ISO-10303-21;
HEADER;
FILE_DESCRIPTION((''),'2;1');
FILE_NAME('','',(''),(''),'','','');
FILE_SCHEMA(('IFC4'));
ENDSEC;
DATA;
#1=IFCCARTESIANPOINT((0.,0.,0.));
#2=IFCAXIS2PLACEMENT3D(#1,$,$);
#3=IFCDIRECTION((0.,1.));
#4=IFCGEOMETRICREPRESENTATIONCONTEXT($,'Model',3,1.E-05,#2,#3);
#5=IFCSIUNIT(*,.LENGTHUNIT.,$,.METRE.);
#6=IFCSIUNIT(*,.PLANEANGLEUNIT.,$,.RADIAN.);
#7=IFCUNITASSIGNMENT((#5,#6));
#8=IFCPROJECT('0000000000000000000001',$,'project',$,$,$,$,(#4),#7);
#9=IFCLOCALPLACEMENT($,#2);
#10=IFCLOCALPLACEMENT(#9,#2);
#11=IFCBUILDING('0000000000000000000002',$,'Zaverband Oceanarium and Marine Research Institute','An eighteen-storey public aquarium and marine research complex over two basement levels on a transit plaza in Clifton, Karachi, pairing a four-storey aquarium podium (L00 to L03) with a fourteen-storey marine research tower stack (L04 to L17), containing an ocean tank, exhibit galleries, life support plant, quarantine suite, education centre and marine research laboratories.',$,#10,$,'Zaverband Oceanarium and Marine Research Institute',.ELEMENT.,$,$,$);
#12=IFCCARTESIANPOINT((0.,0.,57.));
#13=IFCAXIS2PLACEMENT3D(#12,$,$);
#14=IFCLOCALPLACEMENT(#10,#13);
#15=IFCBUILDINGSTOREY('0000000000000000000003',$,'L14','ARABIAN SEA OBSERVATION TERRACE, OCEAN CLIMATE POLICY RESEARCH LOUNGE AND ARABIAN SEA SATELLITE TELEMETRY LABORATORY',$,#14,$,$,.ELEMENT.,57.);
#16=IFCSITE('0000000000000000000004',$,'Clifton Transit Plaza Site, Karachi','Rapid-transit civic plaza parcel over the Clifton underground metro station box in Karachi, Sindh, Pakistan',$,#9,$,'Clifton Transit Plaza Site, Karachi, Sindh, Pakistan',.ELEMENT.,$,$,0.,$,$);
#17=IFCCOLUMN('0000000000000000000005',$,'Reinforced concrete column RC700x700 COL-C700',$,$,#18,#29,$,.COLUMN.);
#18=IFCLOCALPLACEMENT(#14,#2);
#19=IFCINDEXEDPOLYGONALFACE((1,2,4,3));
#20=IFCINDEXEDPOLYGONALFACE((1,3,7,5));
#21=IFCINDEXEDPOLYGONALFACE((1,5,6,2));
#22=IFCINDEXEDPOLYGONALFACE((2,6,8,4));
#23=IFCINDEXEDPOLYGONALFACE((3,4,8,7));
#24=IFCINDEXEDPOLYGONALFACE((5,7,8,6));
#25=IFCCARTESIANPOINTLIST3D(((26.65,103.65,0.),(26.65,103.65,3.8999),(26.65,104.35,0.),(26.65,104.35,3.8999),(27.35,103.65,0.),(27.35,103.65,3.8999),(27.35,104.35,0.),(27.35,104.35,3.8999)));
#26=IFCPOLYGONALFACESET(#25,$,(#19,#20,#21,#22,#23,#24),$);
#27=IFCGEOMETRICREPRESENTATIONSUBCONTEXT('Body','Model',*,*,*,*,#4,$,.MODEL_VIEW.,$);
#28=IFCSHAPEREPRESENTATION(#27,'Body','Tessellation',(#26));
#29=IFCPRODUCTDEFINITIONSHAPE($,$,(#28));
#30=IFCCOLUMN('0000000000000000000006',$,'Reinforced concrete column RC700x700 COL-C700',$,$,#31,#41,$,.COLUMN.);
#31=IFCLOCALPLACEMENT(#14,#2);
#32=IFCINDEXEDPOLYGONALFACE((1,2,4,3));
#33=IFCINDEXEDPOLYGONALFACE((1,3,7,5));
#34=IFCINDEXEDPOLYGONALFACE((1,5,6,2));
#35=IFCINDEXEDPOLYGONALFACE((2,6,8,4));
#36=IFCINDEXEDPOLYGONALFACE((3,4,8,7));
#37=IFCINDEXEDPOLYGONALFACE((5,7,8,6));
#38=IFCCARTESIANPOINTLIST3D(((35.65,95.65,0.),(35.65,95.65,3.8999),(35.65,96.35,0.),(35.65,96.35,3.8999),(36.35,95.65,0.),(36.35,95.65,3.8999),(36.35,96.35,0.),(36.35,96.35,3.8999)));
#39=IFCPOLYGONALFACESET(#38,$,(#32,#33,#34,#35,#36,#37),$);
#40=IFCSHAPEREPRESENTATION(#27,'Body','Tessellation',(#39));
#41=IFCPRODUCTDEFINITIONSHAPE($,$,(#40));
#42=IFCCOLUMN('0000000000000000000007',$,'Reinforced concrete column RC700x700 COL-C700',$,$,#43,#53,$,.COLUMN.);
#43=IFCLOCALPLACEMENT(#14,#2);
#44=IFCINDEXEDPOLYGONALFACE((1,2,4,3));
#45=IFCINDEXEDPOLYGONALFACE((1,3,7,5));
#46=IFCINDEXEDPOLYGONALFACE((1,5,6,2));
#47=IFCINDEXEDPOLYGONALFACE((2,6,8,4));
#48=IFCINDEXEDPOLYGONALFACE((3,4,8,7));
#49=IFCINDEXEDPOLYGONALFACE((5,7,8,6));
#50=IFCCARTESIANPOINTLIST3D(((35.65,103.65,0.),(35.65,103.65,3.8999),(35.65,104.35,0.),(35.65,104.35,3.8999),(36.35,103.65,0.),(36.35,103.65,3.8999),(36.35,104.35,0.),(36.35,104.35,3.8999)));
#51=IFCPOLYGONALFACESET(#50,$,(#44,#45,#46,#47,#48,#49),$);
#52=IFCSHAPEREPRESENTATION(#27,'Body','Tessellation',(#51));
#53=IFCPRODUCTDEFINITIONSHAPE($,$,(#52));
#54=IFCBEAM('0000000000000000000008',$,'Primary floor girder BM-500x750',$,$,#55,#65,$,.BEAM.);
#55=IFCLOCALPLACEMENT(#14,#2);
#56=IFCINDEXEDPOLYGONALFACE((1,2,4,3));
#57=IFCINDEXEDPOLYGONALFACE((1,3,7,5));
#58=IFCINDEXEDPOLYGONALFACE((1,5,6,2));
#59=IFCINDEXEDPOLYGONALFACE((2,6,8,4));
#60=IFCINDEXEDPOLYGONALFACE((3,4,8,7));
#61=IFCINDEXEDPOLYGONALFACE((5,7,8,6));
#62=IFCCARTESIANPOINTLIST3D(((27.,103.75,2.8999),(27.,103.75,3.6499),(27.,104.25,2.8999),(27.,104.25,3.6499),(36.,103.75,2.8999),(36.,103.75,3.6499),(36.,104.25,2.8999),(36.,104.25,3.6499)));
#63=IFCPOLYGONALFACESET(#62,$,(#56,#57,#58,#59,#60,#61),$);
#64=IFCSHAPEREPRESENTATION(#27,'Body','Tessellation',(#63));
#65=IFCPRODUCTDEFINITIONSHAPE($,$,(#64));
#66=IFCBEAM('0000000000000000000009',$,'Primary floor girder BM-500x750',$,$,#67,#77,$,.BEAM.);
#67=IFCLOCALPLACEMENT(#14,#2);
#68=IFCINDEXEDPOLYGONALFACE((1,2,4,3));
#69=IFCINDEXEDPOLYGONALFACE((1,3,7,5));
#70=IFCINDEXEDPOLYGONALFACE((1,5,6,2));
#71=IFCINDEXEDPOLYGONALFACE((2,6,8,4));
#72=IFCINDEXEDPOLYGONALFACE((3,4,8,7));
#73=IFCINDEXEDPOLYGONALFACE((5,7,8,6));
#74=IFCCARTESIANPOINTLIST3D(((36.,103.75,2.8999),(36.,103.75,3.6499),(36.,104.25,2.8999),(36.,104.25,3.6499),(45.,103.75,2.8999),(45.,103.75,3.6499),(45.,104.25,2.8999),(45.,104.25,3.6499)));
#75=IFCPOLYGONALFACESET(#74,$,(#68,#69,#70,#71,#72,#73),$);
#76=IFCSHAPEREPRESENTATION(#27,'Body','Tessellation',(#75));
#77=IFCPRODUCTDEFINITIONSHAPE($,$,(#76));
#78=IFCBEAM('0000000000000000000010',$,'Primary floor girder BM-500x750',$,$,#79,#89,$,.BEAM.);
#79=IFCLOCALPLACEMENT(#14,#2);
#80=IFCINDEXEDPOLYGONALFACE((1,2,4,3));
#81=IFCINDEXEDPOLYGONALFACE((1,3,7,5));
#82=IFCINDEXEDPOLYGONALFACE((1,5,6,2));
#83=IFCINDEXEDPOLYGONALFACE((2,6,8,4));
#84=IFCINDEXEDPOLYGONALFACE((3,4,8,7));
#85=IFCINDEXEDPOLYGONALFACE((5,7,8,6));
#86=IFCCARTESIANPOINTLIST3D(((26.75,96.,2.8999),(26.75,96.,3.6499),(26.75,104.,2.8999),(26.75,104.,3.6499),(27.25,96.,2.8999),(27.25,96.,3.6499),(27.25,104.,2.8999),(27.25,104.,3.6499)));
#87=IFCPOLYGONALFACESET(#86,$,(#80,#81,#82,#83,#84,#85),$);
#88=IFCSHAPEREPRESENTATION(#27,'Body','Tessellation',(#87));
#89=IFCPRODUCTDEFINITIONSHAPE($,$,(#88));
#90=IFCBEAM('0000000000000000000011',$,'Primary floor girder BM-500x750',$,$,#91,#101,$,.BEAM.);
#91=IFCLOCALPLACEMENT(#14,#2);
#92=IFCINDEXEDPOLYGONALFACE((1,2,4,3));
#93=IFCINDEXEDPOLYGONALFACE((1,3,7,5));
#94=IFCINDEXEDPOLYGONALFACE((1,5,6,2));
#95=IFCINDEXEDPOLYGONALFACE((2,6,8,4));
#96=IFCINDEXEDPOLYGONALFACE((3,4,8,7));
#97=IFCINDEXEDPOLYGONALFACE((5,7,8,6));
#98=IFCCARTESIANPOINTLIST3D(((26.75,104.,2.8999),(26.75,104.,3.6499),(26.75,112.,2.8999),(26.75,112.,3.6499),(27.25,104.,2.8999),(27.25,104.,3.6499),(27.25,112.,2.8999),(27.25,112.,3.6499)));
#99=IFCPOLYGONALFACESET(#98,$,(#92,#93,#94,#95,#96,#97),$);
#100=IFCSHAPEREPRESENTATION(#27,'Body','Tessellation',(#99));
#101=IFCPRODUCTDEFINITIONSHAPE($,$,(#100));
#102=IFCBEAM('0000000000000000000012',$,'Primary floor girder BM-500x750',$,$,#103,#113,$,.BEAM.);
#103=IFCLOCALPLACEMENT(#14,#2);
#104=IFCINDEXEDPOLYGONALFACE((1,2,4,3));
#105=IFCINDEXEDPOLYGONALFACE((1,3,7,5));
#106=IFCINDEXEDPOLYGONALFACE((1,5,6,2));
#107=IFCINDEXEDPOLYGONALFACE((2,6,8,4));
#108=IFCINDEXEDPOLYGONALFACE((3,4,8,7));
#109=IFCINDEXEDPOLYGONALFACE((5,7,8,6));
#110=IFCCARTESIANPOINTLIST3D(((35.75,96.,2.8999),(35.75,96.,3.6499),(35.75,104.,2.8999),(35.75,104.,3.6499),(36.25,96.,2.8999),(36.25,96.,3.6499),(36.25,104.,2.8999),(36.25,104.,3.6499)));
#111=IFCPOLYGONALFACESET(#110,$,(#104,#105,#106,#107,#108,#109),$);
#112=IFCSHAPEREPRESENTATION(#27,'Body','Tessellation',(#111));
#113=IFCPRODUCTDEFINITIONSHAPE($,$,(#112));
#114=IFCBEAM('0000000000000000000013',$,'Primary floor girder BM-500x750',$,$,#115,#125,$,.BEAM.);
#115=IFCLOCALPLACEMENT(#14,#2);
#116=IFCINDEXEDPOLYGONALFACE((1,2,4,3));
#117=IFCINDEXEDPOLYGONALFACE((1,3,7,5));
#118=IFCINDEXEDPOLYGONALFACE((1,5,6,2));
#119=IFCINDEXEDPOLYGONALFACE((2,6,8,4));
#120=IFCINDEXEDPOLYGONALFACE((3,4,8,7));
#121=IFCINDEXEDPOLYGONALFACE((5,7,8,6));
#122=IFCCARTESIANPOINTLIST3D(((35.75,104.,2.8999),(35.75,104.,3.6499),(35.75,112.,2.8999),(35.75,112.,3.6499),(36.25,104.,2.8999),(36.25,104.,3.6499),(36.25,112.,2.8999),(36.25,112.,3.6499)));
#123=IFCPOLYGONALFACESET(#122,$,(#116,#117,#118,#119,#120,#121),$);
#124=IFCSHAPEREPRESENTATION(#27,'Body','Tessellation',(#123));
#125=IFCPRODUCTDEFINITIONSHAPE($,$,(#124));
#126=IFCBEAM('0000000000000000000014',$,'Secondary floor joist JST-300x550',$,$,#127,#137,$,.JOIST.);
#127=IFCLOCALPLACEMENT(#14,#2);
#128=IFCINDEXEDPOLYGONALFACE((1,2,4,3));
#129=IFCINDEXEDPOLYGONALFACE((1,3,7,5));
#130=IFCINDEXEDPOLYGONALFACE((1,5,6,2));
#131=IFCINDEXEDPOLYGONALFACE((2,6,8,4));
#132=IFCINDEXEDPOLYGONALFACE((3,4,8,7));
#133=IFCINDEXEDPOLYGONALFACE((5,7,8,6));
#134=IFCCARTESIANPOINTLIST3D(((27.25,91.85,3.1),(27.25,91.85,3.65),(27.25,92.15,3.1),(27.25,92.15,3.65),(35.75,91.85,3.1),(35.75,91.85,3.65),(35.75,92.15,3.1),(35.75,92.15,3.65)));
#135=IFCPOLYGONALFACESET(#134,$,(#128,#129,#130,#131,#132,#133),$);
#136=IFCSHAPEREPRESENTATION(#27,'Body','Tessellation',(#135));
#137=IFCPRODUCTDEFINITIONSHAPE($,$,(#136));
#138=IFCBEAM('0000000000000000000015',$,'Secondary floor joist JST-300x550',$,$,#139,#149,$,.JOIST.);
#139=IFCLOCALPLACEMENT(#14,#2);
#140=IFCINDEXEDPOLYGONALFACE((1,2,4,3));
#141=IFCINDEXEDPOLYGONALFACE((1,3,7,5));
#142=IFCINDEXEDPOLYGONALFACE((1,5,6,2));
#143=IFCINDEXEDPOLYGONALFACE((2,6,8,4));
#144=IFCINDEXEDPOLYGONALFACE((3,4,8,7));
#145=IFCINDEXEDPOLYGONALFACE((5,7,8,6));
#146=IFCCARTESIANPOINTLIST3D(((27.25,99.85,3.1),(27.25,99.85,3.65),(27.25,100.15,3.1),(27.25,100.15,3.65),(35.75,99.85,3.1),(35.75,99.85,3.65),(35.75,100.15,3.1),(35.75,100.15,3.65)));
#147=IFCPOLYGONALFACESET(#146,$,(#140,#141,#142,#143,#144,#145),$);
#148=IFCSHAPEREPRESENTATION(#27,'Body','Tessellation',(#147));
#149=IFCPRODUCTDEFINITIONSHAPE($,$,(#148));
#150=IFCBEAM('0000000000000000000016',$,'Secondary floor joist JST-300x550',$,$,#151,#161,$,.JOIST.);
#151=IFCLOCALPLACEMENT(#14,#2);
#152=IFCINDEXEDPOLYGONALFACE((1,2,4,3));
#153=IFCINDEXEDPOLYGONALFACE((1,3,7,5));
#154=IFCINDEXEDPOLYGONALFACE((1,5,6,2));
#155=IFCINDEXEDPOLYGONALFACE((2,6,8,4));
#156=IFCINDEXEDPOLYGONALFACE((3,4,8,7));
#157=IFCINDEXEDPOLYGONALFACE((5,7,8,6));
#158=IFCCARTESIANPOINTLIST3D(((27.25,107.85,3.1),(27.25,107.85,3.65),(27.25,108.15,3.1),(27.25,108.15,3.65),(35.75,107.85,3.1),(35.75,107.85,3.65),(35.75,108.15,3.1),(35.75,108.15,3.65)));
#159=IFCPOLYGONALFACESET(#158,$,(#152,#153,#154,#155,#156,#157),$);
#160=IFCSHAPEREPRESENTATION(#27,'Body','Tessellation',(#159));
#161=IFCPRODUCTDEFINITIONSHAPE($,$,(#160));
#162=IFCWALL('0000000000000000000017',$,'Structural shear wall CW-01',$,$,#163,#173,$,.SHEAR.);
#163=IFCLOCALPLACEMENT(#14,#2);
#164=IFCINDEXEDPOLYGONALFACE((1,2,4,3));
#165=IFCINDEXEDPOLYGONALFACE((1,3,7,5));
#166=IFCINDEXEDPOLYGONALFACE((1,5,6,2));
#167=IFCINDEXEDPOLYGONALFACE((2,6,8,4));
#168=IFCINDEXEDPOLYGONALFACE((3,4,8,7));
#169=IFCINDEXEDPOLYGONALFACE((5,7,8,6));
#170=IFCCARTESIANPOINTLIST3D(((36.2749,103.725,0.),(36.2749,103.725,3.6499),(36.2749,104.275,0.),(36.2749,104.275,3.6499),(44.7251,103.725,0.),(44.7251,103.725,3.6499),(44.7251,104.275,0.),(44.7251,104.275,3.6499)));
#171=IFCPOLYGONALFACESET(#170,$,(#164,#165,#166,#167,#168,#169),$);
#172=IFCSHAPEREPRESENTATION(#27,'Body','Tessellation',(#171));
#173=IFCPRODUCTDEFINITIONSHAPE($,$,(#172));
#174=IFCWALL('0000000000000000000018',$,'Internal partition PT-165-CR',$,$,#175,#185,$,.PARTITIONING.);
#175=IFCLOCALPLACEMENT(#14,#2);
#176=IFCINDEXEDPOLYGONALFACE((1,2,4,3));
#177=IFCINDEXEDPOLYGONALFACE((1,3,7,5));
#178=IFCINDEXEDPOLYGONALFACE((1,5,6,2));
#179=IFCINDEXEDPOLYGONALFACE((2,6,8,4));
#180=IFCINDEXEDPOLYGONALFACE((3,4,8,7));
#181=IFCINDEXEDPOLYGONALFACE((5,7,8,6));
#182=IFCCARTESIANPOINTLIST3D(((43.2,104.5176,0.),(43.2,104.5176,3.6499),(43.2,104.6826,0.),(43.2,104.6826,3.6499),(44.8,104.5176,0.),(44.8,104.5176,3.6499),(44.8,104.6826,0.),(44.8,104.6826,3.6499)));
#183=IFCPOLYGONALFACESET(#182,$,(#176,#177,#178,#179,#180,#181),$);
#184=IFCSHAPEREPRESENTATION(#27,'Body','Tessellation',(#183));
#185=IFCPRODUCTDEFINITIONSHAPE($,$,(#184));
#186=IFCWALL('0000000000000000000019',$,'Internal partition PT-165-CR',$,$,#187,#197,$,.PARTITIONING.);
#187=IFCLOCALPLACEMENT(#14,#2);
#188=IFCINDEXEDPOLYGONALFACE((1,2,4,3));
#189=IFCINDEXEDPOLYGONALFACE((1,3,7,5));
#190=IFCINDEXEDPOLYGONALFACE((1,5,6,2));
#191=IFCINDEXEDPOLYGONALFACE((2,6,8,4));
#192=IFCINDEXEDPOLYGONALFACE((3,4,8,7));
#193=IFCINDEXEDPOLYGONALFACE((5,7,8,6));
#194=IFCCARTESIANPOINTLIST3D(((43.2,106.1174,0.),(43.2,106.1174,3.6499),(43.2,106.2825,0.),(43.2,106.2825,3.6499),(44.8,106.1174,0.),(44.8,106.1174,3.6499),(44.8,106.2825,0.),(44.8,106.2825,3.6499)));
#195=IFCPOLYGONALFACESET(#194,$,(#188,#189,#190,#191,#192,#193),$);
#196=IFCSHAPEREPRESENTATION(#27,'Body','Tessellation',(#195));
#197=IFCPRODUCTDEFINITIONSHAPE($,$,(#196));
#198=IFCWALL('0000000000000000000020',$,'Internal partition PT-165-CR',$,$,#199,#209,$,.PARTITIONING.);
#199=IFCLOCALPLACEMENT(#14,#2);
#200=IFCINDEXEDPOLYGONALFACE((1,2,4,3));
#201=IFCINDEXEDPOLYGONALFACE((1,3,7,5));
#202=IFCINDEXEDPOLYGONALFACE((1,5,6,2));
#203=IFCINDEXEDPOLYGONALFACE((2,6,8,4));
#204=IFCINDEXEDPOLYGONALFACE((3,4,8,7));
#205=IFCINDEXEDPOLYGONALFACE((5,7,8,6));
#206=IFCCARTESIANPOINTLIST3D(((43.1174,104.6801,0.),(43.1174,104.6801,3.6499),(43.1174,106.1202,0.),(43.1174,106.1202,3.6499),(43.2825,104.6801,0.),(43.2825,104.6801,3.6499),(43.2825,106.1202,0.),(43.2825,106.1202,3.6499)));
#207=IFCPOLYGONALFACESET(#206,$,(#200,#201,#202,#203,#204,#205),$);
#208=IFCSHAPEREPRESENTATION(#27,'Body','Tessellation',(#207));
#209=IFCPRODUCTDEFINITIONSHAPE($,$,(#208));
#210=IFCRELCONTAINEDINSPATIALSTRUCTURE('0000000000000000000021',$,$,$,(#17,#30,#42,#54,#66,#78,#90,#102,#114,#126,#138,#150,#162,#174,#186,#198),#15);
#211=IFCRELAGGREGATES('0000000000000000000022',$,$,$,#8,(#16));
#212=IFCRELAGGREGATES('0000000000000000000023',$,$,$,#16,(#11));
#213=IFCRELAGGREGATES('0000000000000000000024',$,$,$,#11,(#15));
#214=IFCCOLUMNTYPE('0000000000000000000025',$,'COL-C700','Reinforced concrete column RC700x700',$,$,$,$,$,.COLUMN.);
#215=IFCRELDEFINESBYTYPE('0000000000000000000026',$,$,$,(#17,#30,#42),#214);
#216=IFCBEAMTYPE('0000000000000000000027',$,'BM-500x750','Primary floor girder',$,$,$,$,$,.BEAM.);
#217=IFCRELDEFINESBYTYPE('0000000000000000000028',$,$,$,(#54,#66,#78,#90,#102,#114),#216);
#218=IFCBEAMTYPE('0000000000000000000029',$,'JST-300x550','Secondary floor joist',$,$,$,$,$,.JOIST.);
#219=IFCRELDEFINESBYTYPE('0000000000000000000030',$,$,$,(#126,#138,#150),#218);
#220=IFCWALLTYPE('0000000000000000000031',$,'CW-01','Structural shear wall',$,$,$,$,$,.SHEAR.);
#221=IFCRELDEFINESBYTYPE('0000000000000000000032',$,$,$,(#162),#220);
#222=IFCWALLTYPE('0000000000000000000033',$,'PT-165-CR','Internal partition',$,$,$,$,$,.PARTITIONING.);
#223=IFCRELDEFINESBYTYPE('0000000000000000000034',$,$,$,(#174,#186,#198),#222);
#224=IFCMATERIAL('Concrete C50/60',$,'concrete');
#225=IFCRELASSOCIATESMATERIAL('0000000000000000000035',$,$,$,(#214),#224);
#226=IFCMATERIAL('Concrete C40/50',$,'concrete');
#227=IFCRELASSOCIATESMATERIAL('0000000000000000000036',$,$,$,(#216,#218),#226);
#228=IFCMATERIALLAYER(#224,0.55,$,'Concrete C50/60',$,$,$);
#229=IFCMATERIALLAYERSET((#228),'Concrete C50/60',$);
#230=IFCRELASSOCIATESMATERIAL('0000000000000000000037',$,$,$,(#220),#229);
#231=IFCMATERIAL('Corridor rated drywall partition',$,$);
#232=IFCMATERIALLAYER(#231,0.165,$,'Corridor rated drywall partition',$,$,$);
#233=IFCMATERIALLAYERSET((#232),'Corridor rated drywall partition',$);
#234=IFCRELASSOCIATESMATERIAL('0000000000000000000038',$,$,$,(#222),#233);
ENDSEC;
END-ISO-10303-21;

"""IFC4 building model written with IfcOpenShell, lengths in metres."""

from ifc_helpers import new_model, si_unit, direction, frame, frame_2d, origin, origin_2d, place, context, subcontext, project, spatial, rectangle, extrude, material, layer, layer_set, material_profile, profile_set, type_object, element, save


model = new_model("IFC4")

# Units and contexts
model_context = context("Model", 3, precision=1e-05, world=origin(), true_north=direction((0.0, 1.0)))
body_context = subcontext(model_context, "Body", "Model", "MODEL_VIEW")
ifc_project = project(units=[si_unit("LENGTHUNIT", "METRE"), si_unit("PLANEANGLEUNIT", "RADIAN")], contexts=[model_context])

# Site, building, storey
site_placement = place(None, origin())
site = spatial("IfcSite", under=ifc_project, at=site_placement, Name="Clifton Transit Plaza Site, Karachi", Description="Rapid-transit civic plaza parcel over the Clifton underground metro station box in Karachi, Sindh, Pakistan", LongName="Clifton Transit Plaza Site, Karachi, Sindh, Pakistan", CompositionType="ELEMENT", RefElevation=0.0)
building_placement = place(site_placement, origin())
building = spatial("IfcBuilding", under=site, at=building_placement, Name="Zaverband Oceanarium and Marine Research Institute", Description="An eighteen-storey public aquarium and marine research complex over two basement levels on a transit plaza in Clifton, Karachi, pairing a four-storey aquarium podium (L00 to L03) with a fourteen-storey marine research tower stack (L04 to L17), containing an ocean tank, exhibit galleries, life support plant, quarantine suite, education centre and marine research laboratories.", LongName="Zaverband Oceanarium and Marine Research Institute", CompositionType="ELEMENT")
storey_placement = place(building_placement, frame((0.0, 0.0, 57.0)))
storey = spatial("IfcBuildingStorey", under=building, at=storey_placement, Name="L14", Description="ARABIAN SEA OBSERVATION TERRACE, OCEAN CLIMATE POLICY RESEARCH LOUNGE AND ARABIAN SEA SATELLITE TELEMETRY LABORATORY", CompositionType="ELEMENT", Elevation=57.0)

# Columns
ifc_material_1 = material(Name="Concrete C50/60", Category="concrete")
ifc_material_profile_1 = material_profile(ifc_material_1, rectangle(XDim=0.7, YDim=0.7, at=origin_2d()), Name="RC700x700")
ifc_profile_set_1 = profile_set([ifc_material_profile_1], Name="Concrete C50/60")
column_type = type_object("IfcColumnType", Name="COL-C700", Description="Reinforced concrete column RC700x700", PredefinedType="COLUMN", material=ifc_profile_set_1)
for number, where, z_axis, x_axis, name in (
    (1, (27.0, 104.0, 0.0), (0.0, 0.0, 1.0), (1.0, 0.0, 0.0), "Reinforced concrete column RC700x700 COL-C700"),
    (2, (36.0, 96.0, 0.0), (0.0, 0.0, 1.0), (1.0, 0.0, 0.0), "Reinforced concrete column RC700x700 COL-C700"),
    (3, (36.0, 104.0, 0.0), (0.0, 0.0, 1.0), (1.0, 0.0, 0.0), "Reinforced concrete column RC700x700 COL-C700"),
):
    element("IfcColumn", number, at=place(storey_placement, frame(where, z_axis=z_axis, x_axis=x_axis)), inside=storey, type_object=column_type, Name=name, PredefinedType="COLUMN", context=body_context, shape_type="SweptSolid", body=[
        extrude(rectangle(XDim=0.7, YDim=0.7, at=origin_2d()), origin(), (0.0, 0.0, 1.0), 3.8999),
    ])

# Beams
ifc_material_2 = material(Name="Concrete C40/50", Category="concrete")
ifc_material_profile_2 = material_profile(ifc_material_2, rectangle(XDim=0.5, YDim=0.75, at=origin_2d()), Name="RC500x750")
ifc_profile_set_2 = profile_set([ifc_material_profile_2], Name="Concrete C40/50")
beam_type_1 = type_object("IfcBeamType", Name="BM-500x750", Description="Primary floor girder", PredefinedType="BEAM", material=ifc_profile_set_2)
for number, where, z_axis, x_axis, name in (
    (4, (27.0, 104.0, 3.2749), (1.0, 0.0, 0.0), (0.0, 1.0, 0.0), "Primary floor girder BM-500x750"),
    (5, (36.0, 104.0, 3.2749), (1.0, 0.0, 0.0), (0.0, 1.0, 0.0), "Primary floor girder BM-500x750"),
):
    element("IfcBeam", number, at=place(storey_placement, frame(where, z_axis=z_axis, x_axis=x_axis)), inside=storey, type_object=beam_type_1, Name=name, PredefinedType="BEAM", context=body_context, shape_type="SweptSolid", body=[
        extrude(rectangle(XDim=0.5, YDim=0.75, at=origin_2d()), origin(), (0.0, 0.0, 1.0), 9.0),
    ])
for number, where, z_axis, x_axis, name in (
    (6, (27.0, 96.0, 3.2749), (0.0, 1.0, 0.0), (-1.0, 0.0, 0.0), "Primary floor girder BM-500x750"),
    (7, (27.0, 104.0, 3.2749), (0.0, 1.0, 0.0), (-1.0, 0.0, 0.0), "Primary floor girder BM-500x750"),
    (8, (36.0, 96.0, 3.2749), (0.0, 1.0, 0.0), (-1.0, 0.0, 0.0), "Primary floor girder BM-500x750"),
    (9, (36.0, 104.0, 3.2749), (0.0, 1.0, 0.0), (-1.0, 0.0, 0.0), "Primary floor girder BM-500x750"),
):
    element("IfcBeam", number, at=place(storey_placement, frame(where, z_axis=z_axis, x_axis=x_axis)), inside=storey, type_object=beam_type_1, Name=name, PredefinedType="BEAM", context=body_context, shape_type="SweptSolid", body=[
        extrude(rectangle(XDim=0.5, YDim=0.75, at=origin_2d()), origin(), (0.0, 0.0, 1.0), 8.0),
    ])
ifc_material_profile_3 = material_profile(ifc_material_2, rectangle(XDim=0.3, YDim=0.55, at=origin_2d()), Name="RC300x550")
ifc_profile_set_3 = profile_set([ifc_material_profile_3], Name="Concrete C40/50")
beam_type_2 = type_object("IfcBeamType", Name="JST-300x550", Description="Secondary floor joist", PredefinedType="JOIST", material=ifc_profile_set_3)
for number, where, z_axis, x_axis, name in (
    (10, (27.25, 92.0, 3.375), (1.0, 0.0, 0.0), (0.0, 1.0, 0.0), "Secondary floor joist JST-300x550"),
    (11, (27.25, 100.0, 3.375), (1.0, 0.0, 0.0), (0.0, 1.0, 0.0), "Secondary floor joist JST-300x550"),
    (12, (27.25, 108.0, 3.375), (1.0, 0.0, 0.0), (0.0, 1.0, 0.0), "Secondary floor joist JST-300x550"),
):
    element("IfcBeam", number, at=place(storey_placement, frame(where, z_axis=z_axis, x_axis=x_axis)), inside=storey, type_object=beam_type_2, Name=name, PredefinedType="JOIST", context=body_context, shape_type="SweptSolid", body=[
        extrude(rectangle(XDim=0.3, YDim=0.55, at=origin_2d()), origin(), (0.0, 0.0, 1.0), 8.5),
    ])

# Walls
ifc_layer_1 = layer(ifc_material_1, 0.55, Name="Concrete C50/60")
ifc_layer_set_1 = layer_set([ifc_layer_1], Name="Concrete C50/60")
wall_type_1 = type_object("IfcWallType", Name="CW-01", Description="Structural shear wall", PredefinedType="SHEAR", material=ifc_layer_set_1)
wall_1_placement = place(storey_placement, frame((36.2749, 104.0, 0.0), z_axis=(0.0, 0.0, 1.0), x_axis=(1.0, 0.0, 0.0)))
element("IfcWall", 13, at=wall_1_placement, inside=storey, type_object=wall_type_1, Name="Structural shear wall CW-01", PredefinedType="SHEAR", context=body_context, shape_type="SweptSolid", body=[
    extrude(rectangle(XDim=8.4502, YDim=0.55, at=frame_2d((4.2251, 0.0))), origin(), (0.0, 0.0, 1.0), 3.6499),
])
ifc_material_3 = material(Name="Corridor rated drywall partition")
ifc_layer_2 = layer(ifc_material_3, 0.165, Name="Corridor rated drywall partition")
ifc_layer_set_2 = layer_set([ifc_layer_2], Name="Corridor rated drywall partition")
wall_type_2 = type_object("IfcWallType", Name="PT-165-CR", Description="Internal partition", PredefinedType="PARTITIONING", material=ifc_layer_set_2)
for number, where, z_axis, x_axis, name in (
    (14, (43.2, 104.6001, 0.0), (0.0, 0.0, 1.0), (1.0, 0.0, 0.0), "Internal partition PT-165-CR"),
    (15, (43.2, 106.2, 0.0), (0.0, 0.0, 1.0), (1.0, 0.0, 0.0), "Internal partition PT-165-CR"),
):
    element("IfcWall", number, at=place(storey_placement, frame(where, z_axis=z_axis, x_axis=x_axis)), inside=storey, type_object=wall_type_2, Name=name, PredefinedType="PARTITIONING", context=body_context, shape_type="SweptSolid", body=[
        extrude(rectangle(XDim=1.6001, YDim=0.165, at=frame_2d((0.8, 0.0))), origin(), (0.0, 0.0, 1.0), 3.6499),
    ])
wall_2_placement = place(storey_placement, frame((43.2, 104.6799, 0.0), z_axis=(0.0, 0.0, 1.0), x_axis=(0.0, 1.0, 0.0)))
element("IfcWall", 16, at=wall_2_placement, inside=storey, type_object=wall_type_2, Name="Internal partition PT-165-CR", PredefinedType="PARTITIONING", context=body_context, shape_type="SweptSolid", body=[
    extrude(rectangle(XDim=1.4402, YDim=0.165, at=frame_2d((0.7202, 0.0))), origin(), (0.0, 0.0, 1.0), 3.6499),
])

save(model, "model.ifc")
